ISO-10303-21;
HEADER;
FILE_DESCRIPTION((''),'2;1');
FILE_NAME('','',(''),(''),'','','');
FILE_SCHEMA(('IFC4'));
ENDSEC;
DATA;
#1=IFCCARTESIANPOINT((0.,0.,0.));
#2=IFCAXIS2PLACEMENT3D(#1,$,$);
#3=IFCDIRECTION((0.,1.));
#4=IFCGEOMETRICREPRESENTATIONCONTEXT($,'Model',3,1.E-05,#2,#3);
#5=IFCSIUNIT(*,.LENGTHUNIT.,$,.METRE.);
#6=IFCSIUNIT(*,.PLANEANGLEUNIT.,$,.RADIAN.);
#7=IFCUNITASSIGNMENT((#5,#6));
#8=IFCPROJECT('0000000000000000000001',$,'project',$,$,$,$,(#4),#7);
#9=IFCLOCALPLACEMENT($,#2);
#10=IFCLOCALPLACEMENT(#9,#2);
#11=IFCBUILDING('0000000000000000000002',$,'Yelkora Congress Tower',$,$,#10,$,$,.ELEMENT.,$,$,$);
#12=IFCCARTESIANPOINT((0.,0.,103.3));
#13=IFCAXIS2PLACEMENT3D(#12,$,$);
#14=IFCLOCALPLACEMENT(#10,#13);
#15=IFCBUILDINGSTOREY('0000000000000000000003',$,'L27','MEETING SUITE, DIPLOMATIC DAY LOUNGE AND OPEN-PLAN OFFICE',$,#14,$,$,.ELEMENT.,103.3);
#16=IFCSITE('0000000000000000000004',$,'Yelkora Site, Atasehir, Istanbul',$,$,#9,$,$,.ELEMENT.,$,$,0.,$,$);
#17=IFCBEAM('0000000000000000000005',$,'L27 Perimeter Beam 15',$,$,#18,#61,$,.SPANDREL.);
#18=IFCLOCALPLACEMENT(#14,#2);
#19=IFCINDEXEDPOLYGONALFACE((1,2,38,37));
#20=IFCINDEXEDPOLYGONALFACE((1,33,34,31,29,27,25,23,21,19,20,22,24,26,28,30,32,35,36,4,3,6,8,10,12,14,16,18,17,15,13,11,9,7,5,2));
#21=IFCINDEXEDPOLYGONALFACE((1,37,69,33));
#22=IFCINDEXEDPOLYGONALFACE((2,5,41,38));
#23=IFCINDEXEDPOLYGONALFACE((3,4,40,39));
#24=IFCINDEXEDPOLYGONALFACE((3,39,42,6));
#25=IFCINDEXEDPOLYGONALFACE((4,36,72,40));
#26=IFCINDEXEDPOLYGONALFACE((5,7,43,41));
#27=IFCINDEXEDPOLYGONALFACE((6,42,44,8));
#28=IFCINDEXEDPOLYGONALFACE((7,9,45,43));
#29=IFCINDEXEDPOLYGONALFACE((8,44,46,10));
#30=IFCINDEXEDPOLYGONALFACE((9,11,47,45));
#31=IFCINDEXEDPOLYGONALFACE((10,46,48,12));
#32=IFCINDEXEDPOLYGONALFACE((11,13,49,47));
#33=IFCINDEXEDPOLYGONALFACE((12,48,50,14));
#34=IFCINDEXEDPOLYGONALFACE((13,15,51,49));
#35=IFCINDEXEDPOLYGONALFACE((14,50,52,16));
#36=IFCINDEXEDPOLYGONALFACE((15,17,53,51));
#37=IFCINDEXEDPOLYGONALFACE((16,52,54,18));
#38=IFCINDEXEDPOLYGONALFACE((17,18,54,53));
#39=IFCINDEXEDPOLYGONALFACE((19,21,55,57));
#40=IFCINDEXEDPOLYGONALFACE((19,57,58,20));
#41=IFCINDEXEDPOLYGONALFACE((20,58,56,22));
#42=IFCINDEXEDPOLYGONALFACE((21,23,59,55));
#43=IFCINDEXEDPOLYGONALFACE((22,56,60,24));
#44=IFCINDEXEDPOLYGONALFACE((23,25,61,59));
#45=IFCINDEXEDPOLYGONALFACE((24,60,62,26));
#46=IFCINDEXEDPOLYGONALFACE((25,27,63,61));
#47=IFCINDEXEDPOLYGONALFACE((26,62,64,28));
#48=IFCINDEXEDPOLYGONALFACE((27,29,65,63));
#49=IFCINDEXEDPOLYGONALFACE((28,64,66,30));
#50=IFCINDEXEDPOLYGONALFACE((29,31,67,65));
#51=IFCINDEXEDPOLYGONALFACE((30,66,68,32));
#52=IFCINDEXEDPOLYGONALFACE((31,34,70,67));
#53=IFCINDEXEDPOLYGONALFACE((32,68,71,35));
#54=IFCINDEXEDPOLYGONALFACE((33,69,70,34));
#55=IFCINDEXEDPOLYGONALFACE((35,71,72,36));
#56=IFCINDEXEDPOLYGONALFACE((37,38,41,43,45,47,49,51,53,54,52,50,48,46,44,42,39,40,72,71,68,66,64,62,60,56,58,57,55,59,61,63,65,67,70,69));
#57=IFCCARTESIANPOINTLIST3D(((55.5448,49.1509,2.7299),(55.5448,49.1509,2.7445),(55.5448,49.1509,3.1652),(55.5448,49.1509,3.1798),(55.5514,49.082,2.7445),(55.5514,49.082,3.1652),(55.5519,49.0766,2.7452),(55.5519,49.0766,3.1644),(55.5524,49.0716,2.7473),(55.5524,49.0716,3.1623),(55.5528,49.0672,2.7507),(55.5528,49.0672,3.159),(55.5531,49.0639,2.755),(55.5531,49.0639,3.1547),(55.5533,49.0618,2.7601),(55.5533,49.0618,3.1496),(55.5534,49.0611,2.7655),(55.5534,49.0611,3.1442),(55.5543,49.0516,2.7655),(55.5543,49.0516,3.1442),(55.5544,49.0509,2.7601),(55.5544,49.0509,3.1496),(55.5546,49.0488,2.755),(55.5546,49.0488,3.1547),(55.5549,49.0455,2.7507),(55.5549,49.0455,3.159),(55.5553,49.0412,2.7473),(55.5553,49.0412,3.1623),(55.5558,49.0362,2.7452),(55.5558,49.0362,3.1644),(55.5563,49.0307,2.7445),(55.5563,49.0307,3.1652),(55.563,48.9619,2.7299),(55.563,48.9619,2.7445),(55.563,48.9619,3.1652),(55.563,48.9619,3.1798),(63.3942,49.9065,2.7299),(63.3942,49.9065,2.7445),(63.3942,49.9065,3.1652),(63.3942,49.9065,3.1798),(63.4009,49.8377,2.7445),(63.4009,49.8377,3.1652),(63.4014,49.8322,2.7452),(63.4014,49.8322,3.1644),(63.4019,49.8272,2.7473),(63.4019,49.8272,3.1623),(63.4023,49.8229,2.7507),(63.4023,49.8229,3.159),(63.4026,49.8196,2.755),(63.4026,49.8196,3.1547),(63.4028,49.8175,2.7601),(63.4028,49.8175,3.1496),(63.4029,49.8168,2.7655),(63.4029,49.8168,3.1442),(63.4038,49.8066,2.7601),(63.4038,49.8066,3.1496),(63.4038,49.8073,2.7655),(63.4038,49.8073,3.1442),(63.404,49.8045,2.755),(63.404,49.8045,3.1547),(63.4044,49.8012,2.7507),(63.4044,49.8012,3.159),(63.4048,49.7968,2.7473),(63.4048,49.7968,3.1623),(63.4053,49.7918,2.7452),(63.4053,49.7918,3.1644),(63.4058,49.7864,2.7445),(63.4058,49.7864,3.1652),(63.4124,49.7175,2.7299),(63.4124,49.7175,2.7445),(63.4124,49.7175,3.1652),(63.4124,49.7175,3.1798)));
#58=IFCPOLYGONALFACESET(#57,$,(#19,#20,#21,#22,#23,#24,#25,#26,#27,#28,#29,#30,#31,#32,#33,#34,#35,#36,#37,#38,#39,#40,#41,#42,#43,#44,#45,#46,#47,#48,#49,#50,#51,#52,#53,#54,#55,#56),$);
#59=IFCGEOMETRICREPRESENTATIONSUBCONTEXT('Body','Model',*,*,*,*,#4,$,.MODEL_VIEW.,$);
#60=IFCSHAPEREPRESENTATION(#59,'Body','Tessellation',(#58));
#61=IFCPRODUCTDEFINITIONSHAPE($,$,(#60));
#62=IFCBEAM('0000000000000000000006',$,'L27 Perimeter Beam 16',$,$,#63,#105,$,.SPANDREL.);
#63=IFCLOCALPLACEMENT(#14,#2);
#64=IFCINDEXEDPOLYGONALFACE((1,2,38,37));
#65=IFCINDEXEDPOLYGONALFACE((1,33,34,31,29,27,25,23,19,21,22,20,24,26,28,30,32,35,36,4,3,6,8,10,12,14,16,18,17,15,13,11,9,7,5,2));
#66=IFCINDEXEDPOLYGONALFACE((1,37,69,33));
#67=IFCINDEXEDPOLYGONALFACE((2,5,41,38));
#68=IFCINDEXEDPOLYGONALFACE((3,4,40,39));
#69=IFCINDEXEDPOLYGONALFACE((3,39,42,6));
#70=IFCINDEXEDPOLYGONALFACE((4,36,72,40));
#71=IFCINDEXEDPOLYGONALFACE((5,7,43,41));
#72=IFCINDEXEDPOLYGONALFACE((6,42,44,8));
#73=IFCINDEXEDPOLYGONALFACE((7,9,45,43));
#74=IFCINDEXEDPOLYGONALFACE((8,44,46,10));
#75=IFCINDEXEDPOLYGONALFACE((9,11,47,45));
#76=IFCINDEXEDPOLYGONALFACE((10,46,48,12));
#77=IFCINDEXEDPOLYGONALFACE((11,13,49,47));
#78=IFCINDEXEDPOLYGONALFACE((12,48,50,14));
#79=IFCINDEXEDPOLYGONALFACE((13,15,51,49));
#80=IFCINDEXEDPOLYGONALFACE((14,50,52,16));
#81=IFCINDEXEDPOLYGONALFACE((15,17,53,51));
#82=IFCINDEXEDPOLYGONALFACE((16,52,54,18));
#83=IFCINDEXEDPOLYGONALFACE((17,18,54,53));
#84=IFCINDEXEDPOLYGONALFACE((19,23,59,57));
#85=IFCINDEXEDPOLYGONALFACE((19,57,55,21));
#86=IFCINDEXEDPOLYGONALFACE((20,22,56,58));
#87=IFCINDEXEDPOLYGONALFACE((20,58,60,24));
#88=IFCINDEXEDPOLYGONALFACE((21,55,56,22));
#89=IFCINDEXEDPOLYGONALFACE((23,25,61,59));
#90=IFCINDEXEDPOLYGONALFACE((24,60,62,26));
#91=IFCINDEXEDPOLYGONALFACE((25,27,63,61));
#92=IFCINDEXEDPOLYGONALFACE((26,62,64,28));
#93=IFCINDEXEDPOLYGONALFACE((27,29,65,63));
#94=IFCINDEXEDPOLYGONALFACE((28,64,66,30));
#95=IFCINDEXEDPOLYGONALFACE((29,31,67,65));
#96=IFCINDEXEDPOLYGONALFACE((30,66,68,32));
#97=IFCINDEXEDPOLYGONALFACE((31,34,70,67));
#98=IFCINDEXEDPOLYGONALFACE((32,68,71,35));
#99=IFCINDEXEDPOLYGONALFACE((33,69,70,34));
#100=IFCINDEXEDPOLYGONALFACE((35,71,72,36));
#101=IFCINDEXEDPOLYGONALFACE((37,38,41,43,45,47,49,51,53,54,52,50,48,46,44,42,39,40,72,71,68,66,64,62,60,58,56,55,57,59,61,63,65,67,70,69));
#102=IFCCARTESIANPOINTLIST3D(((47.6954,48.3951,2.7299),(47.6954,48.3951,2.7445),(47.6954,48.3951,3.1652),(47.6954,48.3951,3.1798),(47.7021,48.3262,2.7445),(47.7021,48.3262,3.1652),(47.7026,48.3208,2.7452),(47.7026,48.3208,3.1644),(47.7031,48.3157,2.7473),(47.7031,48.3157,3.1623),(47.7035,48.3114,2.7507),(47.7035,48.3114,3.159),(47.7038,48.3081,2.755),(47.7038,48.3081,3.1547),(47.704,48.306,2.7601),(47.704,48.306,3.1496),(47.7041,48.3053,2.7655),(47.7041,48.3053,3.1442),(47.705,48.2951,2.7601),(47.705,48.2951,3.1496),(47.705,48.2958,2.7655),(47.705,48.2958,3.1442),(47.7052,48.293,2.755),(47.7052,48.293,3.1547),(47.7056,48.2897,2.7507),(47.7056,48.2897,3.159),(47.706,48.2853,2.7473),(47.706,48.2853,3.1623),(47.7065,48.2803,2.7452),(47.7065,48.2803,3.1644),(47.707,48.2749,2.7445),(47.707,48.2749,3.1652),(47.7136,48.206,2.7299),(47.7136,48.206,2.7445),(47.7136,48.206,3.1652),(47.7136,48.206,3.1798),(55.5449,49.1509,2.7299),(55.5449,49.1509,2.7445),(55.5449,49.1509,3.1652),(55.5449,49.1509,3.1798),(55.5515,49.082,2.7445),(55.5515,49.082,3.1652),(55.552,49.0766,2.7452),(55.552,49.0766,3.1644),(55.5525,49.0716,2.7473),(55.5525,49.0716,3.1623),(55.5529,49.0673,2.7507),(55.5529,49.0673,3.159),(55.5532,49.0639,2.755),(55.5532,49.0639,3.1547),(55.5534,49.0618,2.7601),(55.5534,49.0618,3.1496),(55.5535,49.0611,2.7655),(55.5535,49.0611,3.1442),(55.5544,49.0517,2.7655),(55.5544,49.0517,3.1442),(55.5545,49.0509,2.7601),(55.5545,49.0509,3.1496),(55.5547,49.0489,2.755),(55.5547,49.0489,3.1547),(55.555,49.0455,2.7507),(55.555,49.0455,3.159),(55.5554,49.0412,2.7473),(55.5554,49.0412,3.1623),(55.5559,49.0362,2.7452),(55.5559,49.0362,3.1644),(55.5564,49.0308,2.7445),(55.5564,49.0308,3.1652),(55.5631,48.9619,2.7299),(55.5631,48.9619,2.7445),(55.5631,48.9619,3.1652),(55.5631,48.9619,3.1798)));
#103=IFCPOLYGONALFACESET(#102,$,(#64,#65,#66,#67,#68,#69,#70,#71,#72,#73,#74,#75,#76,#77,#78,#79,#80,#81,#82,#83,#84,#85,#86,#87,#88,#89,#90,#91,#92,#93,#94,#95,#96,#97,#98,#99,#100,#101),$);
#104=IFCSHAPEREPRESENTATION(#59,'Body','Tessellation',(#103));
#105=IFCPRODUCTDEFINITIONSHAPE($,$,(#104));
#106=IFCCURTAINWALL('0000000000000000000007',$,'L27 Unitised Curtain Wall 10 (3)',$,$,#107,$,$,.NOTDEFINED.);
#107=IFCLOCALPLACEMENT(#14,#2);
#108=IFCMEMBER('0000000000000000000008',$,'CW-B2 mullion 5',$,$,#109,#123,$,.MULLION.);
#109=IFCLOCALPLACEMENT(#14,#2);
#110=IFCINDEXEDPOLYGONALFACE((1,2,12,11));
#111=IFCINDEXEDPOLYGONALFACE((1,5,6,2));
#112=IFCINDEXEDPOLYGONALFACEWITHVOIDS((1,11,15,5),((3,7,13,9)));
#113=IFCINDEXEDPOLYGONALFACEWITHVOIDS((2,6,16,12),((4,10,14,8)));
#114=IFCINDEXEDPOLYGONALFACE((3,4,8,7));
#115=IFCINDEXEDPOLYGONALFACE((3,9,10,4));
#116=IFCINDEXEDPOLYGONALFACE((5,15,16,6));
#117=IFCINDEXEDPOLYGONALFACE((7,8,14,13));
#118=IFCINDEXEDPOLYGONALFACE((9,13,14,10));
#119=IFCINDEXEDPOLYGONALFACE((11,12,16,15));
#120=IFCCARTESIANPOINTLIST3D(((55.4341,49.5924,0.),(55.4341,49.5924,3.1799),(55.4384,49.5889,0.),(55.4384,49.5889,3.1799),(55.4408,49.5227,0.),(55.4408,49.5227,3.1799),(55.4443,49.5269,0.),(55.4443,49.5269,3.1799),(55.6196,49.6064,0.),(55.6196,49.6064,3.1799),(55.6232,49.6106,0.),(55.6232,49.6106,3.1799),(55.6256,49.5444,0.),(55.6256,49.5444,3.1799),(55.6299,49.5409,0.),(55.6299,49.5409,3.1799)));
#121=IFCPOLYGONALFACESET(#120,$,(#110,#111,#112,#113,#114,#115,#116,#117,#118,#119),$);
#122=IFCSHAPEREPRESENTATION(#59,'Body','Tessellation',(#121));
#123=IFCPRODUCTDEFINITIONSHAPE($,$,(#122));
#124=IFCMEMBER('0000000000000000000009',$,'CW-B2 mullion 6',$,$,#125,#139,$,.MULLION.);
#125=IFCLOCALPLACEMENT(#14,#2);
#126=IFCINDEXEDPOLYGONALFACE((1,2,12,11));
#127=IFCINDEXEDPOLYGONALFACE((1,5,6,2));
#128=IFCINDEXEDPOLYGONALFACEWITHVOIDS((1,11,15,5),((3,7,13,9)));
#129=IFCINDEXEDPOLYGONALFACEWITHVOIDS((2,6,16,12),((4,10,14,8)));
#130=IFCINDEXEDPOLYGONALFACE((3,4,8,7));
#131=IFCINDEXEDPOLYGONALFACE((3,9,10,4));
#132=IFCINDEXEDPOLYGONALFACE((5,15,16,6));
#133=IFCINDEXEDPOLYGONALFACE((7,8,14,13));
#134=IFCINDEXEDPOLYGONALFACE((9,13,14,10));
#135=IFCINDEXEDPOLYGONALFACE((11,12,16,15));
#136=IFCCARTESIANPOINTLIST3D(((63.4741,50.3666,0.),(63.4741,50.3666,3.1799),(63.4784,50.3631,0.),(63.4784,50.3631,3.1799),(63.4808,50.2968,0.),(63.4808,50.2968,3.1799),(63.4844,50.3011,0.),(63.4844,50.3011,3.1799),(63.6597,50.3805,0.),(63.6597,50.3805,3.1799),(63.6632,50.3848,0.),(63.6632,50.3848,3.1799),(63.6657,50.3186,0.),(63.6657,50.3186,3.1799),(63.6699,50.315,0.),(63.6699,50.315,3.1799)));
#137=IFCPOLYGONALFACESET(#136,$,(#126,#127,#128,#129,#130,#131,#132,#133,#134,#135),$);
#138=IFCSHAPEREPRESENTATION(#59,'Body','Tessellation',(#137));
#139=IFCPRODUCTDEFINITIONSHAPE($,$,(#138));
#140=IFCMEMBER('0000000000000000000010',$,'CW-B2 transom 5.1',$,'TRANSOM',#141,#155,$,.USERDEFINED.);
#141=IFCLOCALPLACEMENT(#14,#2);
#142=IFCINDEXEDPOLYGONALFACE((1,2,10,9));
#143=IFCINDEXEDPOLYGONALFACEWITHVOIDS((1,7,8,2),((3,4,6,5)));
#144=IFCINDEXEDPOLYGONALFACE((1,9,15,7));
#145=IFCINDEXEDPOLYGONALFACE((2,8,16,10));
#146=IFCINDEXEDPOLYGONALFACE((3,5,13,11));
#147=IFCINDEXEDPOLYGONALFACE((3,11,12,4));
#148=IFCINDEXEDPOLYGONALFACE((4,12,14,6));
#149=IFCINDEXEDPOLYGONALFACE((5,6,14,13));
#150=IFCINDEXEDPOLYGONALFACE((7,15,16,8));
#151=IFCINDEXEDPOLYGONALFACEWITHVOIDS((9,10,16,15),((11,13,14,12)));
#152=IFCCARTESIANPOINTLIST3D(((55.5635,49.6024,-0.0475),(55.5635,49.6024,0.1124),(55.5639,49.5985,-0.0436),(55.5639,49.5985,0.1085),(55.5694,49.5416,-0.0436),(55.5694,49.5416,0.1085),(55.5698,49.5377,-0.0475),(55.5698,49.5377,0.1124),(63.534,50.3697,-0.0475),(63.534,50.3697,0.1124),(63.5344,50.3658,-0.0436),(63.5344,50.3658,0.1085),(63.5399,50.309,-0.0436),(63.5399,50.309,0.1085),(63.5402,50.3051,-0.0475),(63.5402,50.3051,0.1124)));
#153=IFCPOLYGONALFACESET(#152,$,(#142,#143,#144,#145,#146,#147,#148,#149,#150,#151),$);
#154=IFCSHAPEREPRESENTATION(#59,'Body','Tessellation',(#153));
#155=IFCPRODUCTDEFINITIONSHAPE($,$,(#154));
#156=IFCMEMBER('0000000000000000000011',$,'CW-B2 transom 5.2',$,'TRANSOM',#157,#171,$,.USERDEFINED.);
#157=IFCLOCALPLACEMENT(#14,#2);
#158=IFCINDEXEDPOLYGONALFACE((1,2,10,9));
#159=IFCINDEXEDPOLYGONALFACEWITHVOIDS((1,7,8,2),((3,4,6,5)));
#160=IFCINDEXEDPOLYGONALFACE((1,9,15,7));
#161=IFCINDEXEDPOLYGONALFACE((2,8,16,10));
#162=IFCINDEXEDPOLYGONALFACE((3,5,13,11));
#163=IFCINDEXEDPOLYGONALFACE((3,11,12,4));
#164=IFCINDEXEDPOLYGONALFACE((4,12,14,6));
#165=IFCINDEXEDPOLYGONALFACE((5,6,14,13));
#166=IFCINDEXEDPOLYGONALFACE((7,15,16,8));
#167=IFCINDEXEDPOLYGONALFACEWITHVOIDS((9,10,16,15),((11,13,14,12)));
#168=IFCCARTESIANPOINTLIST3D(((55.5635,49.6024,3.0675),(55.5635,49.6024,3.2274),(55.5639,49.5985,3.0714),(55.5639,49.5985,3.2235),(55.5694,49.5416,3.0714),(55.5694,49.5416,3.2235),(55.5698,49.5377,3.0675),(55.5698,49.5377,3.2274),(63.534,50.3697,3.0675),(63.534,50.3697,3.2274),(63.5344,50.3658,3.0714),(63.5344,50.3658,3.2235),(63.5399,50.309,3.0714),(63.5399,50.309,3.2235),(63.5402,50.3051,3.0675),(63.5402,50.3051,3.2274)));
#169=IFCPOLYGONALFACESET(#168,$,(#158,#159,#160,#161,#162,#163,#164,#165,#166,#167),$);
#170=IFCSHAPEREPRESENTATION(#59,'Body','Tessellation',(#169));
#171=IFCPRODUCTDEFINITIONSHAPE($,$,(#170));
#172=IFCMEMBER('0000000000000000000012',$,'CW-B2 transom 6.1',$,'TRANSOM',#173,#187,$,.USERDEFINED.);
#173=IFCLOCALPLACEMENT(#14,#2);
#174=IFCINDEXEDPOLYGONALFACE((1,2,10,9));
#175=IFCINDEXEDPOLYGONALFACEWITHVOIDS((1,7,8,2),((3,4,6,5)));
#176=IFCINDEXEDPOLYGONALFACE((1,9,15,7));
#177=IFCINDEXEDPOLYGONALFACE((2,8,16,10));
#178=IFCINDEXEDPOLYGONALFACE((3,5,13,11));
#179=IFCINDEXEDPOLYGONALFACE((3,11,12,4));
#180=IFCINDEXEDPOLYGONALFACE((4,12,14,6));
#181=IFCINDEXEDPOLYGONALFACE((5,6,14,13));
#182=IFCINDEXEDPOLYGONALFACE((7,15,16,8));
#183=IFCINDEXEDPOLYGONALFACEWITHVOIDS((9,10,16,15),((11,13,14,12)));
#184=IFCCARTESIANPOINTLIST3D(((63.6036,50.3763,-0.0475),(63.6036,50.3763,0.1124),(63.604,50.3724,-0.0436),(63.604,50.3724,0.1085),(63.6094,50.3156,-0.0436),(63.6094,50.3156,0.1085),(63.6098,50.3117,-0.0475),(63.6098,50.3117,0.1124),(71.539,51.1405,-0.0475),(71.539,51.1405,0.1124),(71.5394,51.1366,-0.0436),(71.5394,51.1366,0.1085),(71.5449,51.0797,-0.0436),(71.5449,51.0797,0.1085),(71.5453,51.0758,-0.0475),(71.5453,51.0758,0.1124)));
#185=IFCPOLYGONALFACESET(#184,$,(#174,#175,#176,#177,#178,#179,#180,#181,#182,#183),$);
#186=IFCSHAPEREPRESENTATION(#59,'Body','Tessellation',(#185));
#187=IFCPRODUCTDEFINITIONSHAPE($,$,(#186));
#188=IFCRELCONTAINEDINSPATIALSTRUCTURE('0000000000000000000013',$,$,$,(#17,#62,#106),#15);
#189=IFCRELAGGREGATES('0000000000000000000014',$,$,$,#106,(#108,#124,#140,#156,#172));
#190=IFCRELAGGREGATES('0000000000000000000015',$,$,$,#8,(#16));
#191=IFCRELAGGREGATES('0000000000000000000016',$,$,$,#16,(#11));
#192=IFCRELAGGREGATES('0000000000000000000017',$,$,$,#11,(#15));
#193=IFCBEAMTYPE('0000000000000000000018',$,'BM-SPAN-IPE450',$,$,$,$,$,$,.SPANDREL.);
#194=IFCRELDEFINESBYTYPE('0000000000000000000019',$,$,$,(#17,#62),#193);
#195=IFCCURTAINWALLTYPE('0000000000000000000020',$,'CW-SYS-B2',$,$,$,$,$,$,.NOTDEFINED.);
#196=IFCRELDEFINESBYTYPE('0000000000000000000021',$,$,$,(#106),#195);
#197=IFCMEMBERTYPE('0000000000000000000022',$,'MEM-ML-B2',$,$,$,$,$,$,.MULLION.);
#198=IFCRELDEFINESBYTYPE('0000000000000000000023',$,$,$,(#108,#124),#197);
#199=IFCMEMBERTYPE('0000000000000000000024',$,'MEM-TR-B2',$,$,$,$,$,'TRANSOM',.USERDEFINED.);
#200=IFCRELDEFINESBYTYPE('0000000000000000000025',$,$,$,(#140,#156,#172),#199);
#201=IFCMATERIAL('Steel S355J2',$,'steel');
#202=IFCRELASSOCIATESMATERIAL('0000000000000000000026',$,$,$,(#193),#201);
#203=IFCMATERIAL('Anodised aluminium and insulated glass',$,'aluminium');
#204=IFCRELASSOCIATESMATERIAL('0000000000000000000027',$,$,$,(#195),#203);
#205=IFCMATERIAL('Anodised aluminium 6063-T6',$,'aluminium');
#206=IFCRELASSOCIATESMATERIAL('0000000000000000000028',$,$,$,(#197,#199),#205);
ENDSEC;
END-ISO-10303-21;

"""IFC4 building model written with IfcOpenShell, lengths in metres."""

from ifc_helpers import new_model, si_unit, direction, frame, origin, origin_2d, place, context, subcontext, project, spatial, hollow_rectangle, i_section, extrude, material, material_profile, profile_set, type_object, element, aggregate, save


model = new_model("IFC4")

# Units and contexts
model_context = context("Model", 3, precision=1e-05, world=origin(), true_north=direction((0.0, 1.0)))
body_context = subcontext(model_context, "Body", "Model", "MODEL_VIEW")
ifc_project = project(units=[si_unit("LENGTHUNIT", "METRE"), si_unit("PLANEANGLEUNIT", "RADIAN")], contexts=[model_context])

# Site, building, storey
site_placement = place(None, origin())
site = spatial("IfcSite", under=ifc_project, at=site_placement, Name="Yelkora Site, Atasehir, Istanbul", CompositionType="ELEMENT", RefElevation=0.0)
building_placement = place(site_placement, origin())
building = spatial("IfcBuilding", under=site, at=building_placement, Name="Yelkora Congress Tower", CompositionType="ELEMENT")
storey_placement = place(building_placement, frame((0.0, 0.0, 103.3)))
storey = spatial("IfcBuildingStorey", under=building, at=storey_placement, Name="L27", Description="MEETING SUITE, DIPLOMATIC DAY LOUNGE AND OPEN-PLAN OFFICE", CompositionType="ELEMENT", Elevation=103.3)

# Beams
ifc_material_1 = material(Name="Steel S355J2", Category="steel")
ifc_material_profile_1 = material_profile(ifc_material_1, i_section(OverallWidth=0.1899, OverallDepth=0.45, WebThickness=0.0095, FlangeThickness=0.0146, FilletRadius=0.021, at=origin_2d()), Name="IPE 450")
ifc_profile_set_1 = profile_set([ifc_material_profile_1], Name="Steel S355J2")
beam_type_1 = type_object("IfcBeamType", Name="BM-SPAN-IPE450", PredefinedType="SPANDREL", material=ifc_profile_set_1)
for number, where, z_axis, x_axis, name in (
    (1, (63.4033, 49.812, 2.9548), (-0.995399, -0.095822, 0.0), (0.095822, -0.995399, 0.0), "L27 Perimeter Beam 15"),
    (2, (55.554, 49.0564, 2.9548), (-0.995396, -0.095852, 0.0), (0.095852, -0.995396, 0.0), "L27 Perimeter Beam 16"),
):
    element("IfcBeam", number, at=place(storey_placement, frame(where, z_axis=z_axis, x_axis=x_axis)), inside=storey, type_object=beam_type_1, Name=name, PredefinedType="SPANDREL", context=body_context, shape_type="SweptSolid", body=[
        extrude(i_section(OverallWidth=0.1899, OverallDepth=0.45, WebThickness=0.0095, FlangeThickness=0.0146, FilletRadius=0.021, at=origin_2d()), origin(), (0.0, 0.0, 1.0), 7.8857),
    ])

# Curtain wall, members
ifc_material_2 = material(Name="Anodised aluminium and insulated glass", Category="aluminium")
curtain_wall_type = type_object("IfcCurtainWallType", Name="CW-SYS-B2", PredefinedType="NOTDEFINED", material=ifc_material_2)
curtain_wall_placement = place(storey_placement, origin())
curtain_wall = element("IfcCurtainWall", 3, at=curtain_wall_placement, inside=storey, type_object=curtain_wall_type, Name="L27 Unitised Curtain Wall 10 (3)", PredefinedType="NOTDEFINED")
ifc_material_3 = material(Name="Anodised aluminium 6063-T6", Category="aluminium")
ifc_material_profile_2 = material_profile(ifc_material_3, hollow_rectangle(XDim=0.0701, YDim=0.1899, WallThickness=0.0039, at=origin_2d()), Name="ALU 70x190x4")
ifc_profile_set_2 = profile_set([ifc_material_profile_2], Name="Anodised aluminium 6063-T6")
member_type_1 = type_object("IfcMemberType", Name="MEM-ML-B2", PredefinedType="MULLION", material=ifc_profile_set_2)
member_1_placement = place(storey_placement, frame((55.532, 49.5667, 0.0), z_axis=(0.0, 0.0, 1.0), x_axis=(-0.095844, 0.995396, 0.0)))
member_1 = element("IfcMember", 4, at=member_1_placement, type_object=member_type_1, Name="CW-B2 mullion 5", PredefinedType="MULLION", context=body_context, shape_type="SweptSolid", body=[
    extrude(hollow_rectangle(XDim=0.0701, YDim=0.1899, WallThickness=0.0039, at=origin_2d()), origin(), (0.0, 0.0, 1.0), 3.1799),
])
member_2_placement = place(storey_placement, frame((63.572, 50.3408, 0.0), z_axis=(0.0, 0.0, 1.0), x_axis=(-0.095844, 0.995396, 0.0)))
member_2 = element("IfcMember", 5, at=member_2_placement, type_object=member_type_1, Name="CW-B2 mullion 6", PredefinedType="MULLION", context=body_context, shape_type="SweptSolid", body=[
    extrude(hollow_rectangle(XDim=0.0701, YDim=0.1899, WallThickness=0.0039, at=origin_2d()), origin(), (0.0, 0.0, 1.0), 3.1799),
])
ifc_material_profile_3 = material_profile(ifc_material_3, hollow_rectangle(XDim=0.0649, YDim=0.1599, WallThickness=0.0039, at=origin_2d()), Name="ALU 65x160x4")
ifc_profile_set_3 = profile_set([ifc_material_profile_3], Name="Anodised aluminium 6063-T6")
member_type_2 = type_object("IfcMemberType", Name="MEM-TR-B2", ElementType="TRANSOM", PredefinedType="USERDEFINED", material=ifc_profile_set_3)
member_3_placement = place(storey_placement, frame((55.5667, 49.5701, 0.0325), z_axis=(0.995398, 0.095829, 0.0), x_axis=(-0.095829, 0.995398, 0.0)))
member_3 = element("IfcMember", 6, at=member_3_placement, type_object=member_type_2, Name="CW-B2 transom 5.1", ObjectType="TRANSOM", PredefinedType="USERDEFINED", context=body_context, shape_type="SweptSolid", body=[
    extrude(hollow_rectangle(XDim=0.0649, YDim=0.1599, WallThickness=0.0039, at=origin_2d()), origin(), (0.0, 0.0, 1.0), 8.0073),
])
member_4_placement = place(storey_placement, frame((55.5667, 49.5701, 3.1475), z_axis=(0.995398, 0.095829, 0.0), x_axis=(-0.095829, 0.995398, 0.0)))
member_4 = element("IfcMember", 7, at=member_4_placement, type_object=member_type_2, Name="CW-B2 transom 5.2", ObjectType="TRANSOM", PredefinedType="USERDEFINED", context=body_context, shape_type="SweptSolid", body=[
    extrude(hollow_rectangle(XDim=0.0649, YDim=0.1599, WallThickness=0.0039, at=origin_2d()), origin(), (0.0, 0.0, 1.0), 8.0073),
])
member_5_placement = place(storey_placement, frame((63.6067, 50.344, 0.0325), z_axis=(0.995396, 0.095852, 0.0), x_axis=(-0.095852, 0.995396, 0.0)))
member_5 = element("IfcMember", 8, at=member_5_placement, type_object=member_type_2, Name="CW-B2 transom 6.1", ObjectType="TRANSOM", PredefinedType="USERDEFINED", context=body_context, shape_type="SweptSolid", body=[
    extrude(hollow_rectangle(XDim=0.0649, YDim=0.1599, WallThickness=0.0039, at=origin_2d()), origin(), (0.0, 0.0, 1.0), 7.9722),
])
aggregate(curtain_wall, [member_1, member_2, member_3, member_4, member_5])

save(model, "model.ifc")
